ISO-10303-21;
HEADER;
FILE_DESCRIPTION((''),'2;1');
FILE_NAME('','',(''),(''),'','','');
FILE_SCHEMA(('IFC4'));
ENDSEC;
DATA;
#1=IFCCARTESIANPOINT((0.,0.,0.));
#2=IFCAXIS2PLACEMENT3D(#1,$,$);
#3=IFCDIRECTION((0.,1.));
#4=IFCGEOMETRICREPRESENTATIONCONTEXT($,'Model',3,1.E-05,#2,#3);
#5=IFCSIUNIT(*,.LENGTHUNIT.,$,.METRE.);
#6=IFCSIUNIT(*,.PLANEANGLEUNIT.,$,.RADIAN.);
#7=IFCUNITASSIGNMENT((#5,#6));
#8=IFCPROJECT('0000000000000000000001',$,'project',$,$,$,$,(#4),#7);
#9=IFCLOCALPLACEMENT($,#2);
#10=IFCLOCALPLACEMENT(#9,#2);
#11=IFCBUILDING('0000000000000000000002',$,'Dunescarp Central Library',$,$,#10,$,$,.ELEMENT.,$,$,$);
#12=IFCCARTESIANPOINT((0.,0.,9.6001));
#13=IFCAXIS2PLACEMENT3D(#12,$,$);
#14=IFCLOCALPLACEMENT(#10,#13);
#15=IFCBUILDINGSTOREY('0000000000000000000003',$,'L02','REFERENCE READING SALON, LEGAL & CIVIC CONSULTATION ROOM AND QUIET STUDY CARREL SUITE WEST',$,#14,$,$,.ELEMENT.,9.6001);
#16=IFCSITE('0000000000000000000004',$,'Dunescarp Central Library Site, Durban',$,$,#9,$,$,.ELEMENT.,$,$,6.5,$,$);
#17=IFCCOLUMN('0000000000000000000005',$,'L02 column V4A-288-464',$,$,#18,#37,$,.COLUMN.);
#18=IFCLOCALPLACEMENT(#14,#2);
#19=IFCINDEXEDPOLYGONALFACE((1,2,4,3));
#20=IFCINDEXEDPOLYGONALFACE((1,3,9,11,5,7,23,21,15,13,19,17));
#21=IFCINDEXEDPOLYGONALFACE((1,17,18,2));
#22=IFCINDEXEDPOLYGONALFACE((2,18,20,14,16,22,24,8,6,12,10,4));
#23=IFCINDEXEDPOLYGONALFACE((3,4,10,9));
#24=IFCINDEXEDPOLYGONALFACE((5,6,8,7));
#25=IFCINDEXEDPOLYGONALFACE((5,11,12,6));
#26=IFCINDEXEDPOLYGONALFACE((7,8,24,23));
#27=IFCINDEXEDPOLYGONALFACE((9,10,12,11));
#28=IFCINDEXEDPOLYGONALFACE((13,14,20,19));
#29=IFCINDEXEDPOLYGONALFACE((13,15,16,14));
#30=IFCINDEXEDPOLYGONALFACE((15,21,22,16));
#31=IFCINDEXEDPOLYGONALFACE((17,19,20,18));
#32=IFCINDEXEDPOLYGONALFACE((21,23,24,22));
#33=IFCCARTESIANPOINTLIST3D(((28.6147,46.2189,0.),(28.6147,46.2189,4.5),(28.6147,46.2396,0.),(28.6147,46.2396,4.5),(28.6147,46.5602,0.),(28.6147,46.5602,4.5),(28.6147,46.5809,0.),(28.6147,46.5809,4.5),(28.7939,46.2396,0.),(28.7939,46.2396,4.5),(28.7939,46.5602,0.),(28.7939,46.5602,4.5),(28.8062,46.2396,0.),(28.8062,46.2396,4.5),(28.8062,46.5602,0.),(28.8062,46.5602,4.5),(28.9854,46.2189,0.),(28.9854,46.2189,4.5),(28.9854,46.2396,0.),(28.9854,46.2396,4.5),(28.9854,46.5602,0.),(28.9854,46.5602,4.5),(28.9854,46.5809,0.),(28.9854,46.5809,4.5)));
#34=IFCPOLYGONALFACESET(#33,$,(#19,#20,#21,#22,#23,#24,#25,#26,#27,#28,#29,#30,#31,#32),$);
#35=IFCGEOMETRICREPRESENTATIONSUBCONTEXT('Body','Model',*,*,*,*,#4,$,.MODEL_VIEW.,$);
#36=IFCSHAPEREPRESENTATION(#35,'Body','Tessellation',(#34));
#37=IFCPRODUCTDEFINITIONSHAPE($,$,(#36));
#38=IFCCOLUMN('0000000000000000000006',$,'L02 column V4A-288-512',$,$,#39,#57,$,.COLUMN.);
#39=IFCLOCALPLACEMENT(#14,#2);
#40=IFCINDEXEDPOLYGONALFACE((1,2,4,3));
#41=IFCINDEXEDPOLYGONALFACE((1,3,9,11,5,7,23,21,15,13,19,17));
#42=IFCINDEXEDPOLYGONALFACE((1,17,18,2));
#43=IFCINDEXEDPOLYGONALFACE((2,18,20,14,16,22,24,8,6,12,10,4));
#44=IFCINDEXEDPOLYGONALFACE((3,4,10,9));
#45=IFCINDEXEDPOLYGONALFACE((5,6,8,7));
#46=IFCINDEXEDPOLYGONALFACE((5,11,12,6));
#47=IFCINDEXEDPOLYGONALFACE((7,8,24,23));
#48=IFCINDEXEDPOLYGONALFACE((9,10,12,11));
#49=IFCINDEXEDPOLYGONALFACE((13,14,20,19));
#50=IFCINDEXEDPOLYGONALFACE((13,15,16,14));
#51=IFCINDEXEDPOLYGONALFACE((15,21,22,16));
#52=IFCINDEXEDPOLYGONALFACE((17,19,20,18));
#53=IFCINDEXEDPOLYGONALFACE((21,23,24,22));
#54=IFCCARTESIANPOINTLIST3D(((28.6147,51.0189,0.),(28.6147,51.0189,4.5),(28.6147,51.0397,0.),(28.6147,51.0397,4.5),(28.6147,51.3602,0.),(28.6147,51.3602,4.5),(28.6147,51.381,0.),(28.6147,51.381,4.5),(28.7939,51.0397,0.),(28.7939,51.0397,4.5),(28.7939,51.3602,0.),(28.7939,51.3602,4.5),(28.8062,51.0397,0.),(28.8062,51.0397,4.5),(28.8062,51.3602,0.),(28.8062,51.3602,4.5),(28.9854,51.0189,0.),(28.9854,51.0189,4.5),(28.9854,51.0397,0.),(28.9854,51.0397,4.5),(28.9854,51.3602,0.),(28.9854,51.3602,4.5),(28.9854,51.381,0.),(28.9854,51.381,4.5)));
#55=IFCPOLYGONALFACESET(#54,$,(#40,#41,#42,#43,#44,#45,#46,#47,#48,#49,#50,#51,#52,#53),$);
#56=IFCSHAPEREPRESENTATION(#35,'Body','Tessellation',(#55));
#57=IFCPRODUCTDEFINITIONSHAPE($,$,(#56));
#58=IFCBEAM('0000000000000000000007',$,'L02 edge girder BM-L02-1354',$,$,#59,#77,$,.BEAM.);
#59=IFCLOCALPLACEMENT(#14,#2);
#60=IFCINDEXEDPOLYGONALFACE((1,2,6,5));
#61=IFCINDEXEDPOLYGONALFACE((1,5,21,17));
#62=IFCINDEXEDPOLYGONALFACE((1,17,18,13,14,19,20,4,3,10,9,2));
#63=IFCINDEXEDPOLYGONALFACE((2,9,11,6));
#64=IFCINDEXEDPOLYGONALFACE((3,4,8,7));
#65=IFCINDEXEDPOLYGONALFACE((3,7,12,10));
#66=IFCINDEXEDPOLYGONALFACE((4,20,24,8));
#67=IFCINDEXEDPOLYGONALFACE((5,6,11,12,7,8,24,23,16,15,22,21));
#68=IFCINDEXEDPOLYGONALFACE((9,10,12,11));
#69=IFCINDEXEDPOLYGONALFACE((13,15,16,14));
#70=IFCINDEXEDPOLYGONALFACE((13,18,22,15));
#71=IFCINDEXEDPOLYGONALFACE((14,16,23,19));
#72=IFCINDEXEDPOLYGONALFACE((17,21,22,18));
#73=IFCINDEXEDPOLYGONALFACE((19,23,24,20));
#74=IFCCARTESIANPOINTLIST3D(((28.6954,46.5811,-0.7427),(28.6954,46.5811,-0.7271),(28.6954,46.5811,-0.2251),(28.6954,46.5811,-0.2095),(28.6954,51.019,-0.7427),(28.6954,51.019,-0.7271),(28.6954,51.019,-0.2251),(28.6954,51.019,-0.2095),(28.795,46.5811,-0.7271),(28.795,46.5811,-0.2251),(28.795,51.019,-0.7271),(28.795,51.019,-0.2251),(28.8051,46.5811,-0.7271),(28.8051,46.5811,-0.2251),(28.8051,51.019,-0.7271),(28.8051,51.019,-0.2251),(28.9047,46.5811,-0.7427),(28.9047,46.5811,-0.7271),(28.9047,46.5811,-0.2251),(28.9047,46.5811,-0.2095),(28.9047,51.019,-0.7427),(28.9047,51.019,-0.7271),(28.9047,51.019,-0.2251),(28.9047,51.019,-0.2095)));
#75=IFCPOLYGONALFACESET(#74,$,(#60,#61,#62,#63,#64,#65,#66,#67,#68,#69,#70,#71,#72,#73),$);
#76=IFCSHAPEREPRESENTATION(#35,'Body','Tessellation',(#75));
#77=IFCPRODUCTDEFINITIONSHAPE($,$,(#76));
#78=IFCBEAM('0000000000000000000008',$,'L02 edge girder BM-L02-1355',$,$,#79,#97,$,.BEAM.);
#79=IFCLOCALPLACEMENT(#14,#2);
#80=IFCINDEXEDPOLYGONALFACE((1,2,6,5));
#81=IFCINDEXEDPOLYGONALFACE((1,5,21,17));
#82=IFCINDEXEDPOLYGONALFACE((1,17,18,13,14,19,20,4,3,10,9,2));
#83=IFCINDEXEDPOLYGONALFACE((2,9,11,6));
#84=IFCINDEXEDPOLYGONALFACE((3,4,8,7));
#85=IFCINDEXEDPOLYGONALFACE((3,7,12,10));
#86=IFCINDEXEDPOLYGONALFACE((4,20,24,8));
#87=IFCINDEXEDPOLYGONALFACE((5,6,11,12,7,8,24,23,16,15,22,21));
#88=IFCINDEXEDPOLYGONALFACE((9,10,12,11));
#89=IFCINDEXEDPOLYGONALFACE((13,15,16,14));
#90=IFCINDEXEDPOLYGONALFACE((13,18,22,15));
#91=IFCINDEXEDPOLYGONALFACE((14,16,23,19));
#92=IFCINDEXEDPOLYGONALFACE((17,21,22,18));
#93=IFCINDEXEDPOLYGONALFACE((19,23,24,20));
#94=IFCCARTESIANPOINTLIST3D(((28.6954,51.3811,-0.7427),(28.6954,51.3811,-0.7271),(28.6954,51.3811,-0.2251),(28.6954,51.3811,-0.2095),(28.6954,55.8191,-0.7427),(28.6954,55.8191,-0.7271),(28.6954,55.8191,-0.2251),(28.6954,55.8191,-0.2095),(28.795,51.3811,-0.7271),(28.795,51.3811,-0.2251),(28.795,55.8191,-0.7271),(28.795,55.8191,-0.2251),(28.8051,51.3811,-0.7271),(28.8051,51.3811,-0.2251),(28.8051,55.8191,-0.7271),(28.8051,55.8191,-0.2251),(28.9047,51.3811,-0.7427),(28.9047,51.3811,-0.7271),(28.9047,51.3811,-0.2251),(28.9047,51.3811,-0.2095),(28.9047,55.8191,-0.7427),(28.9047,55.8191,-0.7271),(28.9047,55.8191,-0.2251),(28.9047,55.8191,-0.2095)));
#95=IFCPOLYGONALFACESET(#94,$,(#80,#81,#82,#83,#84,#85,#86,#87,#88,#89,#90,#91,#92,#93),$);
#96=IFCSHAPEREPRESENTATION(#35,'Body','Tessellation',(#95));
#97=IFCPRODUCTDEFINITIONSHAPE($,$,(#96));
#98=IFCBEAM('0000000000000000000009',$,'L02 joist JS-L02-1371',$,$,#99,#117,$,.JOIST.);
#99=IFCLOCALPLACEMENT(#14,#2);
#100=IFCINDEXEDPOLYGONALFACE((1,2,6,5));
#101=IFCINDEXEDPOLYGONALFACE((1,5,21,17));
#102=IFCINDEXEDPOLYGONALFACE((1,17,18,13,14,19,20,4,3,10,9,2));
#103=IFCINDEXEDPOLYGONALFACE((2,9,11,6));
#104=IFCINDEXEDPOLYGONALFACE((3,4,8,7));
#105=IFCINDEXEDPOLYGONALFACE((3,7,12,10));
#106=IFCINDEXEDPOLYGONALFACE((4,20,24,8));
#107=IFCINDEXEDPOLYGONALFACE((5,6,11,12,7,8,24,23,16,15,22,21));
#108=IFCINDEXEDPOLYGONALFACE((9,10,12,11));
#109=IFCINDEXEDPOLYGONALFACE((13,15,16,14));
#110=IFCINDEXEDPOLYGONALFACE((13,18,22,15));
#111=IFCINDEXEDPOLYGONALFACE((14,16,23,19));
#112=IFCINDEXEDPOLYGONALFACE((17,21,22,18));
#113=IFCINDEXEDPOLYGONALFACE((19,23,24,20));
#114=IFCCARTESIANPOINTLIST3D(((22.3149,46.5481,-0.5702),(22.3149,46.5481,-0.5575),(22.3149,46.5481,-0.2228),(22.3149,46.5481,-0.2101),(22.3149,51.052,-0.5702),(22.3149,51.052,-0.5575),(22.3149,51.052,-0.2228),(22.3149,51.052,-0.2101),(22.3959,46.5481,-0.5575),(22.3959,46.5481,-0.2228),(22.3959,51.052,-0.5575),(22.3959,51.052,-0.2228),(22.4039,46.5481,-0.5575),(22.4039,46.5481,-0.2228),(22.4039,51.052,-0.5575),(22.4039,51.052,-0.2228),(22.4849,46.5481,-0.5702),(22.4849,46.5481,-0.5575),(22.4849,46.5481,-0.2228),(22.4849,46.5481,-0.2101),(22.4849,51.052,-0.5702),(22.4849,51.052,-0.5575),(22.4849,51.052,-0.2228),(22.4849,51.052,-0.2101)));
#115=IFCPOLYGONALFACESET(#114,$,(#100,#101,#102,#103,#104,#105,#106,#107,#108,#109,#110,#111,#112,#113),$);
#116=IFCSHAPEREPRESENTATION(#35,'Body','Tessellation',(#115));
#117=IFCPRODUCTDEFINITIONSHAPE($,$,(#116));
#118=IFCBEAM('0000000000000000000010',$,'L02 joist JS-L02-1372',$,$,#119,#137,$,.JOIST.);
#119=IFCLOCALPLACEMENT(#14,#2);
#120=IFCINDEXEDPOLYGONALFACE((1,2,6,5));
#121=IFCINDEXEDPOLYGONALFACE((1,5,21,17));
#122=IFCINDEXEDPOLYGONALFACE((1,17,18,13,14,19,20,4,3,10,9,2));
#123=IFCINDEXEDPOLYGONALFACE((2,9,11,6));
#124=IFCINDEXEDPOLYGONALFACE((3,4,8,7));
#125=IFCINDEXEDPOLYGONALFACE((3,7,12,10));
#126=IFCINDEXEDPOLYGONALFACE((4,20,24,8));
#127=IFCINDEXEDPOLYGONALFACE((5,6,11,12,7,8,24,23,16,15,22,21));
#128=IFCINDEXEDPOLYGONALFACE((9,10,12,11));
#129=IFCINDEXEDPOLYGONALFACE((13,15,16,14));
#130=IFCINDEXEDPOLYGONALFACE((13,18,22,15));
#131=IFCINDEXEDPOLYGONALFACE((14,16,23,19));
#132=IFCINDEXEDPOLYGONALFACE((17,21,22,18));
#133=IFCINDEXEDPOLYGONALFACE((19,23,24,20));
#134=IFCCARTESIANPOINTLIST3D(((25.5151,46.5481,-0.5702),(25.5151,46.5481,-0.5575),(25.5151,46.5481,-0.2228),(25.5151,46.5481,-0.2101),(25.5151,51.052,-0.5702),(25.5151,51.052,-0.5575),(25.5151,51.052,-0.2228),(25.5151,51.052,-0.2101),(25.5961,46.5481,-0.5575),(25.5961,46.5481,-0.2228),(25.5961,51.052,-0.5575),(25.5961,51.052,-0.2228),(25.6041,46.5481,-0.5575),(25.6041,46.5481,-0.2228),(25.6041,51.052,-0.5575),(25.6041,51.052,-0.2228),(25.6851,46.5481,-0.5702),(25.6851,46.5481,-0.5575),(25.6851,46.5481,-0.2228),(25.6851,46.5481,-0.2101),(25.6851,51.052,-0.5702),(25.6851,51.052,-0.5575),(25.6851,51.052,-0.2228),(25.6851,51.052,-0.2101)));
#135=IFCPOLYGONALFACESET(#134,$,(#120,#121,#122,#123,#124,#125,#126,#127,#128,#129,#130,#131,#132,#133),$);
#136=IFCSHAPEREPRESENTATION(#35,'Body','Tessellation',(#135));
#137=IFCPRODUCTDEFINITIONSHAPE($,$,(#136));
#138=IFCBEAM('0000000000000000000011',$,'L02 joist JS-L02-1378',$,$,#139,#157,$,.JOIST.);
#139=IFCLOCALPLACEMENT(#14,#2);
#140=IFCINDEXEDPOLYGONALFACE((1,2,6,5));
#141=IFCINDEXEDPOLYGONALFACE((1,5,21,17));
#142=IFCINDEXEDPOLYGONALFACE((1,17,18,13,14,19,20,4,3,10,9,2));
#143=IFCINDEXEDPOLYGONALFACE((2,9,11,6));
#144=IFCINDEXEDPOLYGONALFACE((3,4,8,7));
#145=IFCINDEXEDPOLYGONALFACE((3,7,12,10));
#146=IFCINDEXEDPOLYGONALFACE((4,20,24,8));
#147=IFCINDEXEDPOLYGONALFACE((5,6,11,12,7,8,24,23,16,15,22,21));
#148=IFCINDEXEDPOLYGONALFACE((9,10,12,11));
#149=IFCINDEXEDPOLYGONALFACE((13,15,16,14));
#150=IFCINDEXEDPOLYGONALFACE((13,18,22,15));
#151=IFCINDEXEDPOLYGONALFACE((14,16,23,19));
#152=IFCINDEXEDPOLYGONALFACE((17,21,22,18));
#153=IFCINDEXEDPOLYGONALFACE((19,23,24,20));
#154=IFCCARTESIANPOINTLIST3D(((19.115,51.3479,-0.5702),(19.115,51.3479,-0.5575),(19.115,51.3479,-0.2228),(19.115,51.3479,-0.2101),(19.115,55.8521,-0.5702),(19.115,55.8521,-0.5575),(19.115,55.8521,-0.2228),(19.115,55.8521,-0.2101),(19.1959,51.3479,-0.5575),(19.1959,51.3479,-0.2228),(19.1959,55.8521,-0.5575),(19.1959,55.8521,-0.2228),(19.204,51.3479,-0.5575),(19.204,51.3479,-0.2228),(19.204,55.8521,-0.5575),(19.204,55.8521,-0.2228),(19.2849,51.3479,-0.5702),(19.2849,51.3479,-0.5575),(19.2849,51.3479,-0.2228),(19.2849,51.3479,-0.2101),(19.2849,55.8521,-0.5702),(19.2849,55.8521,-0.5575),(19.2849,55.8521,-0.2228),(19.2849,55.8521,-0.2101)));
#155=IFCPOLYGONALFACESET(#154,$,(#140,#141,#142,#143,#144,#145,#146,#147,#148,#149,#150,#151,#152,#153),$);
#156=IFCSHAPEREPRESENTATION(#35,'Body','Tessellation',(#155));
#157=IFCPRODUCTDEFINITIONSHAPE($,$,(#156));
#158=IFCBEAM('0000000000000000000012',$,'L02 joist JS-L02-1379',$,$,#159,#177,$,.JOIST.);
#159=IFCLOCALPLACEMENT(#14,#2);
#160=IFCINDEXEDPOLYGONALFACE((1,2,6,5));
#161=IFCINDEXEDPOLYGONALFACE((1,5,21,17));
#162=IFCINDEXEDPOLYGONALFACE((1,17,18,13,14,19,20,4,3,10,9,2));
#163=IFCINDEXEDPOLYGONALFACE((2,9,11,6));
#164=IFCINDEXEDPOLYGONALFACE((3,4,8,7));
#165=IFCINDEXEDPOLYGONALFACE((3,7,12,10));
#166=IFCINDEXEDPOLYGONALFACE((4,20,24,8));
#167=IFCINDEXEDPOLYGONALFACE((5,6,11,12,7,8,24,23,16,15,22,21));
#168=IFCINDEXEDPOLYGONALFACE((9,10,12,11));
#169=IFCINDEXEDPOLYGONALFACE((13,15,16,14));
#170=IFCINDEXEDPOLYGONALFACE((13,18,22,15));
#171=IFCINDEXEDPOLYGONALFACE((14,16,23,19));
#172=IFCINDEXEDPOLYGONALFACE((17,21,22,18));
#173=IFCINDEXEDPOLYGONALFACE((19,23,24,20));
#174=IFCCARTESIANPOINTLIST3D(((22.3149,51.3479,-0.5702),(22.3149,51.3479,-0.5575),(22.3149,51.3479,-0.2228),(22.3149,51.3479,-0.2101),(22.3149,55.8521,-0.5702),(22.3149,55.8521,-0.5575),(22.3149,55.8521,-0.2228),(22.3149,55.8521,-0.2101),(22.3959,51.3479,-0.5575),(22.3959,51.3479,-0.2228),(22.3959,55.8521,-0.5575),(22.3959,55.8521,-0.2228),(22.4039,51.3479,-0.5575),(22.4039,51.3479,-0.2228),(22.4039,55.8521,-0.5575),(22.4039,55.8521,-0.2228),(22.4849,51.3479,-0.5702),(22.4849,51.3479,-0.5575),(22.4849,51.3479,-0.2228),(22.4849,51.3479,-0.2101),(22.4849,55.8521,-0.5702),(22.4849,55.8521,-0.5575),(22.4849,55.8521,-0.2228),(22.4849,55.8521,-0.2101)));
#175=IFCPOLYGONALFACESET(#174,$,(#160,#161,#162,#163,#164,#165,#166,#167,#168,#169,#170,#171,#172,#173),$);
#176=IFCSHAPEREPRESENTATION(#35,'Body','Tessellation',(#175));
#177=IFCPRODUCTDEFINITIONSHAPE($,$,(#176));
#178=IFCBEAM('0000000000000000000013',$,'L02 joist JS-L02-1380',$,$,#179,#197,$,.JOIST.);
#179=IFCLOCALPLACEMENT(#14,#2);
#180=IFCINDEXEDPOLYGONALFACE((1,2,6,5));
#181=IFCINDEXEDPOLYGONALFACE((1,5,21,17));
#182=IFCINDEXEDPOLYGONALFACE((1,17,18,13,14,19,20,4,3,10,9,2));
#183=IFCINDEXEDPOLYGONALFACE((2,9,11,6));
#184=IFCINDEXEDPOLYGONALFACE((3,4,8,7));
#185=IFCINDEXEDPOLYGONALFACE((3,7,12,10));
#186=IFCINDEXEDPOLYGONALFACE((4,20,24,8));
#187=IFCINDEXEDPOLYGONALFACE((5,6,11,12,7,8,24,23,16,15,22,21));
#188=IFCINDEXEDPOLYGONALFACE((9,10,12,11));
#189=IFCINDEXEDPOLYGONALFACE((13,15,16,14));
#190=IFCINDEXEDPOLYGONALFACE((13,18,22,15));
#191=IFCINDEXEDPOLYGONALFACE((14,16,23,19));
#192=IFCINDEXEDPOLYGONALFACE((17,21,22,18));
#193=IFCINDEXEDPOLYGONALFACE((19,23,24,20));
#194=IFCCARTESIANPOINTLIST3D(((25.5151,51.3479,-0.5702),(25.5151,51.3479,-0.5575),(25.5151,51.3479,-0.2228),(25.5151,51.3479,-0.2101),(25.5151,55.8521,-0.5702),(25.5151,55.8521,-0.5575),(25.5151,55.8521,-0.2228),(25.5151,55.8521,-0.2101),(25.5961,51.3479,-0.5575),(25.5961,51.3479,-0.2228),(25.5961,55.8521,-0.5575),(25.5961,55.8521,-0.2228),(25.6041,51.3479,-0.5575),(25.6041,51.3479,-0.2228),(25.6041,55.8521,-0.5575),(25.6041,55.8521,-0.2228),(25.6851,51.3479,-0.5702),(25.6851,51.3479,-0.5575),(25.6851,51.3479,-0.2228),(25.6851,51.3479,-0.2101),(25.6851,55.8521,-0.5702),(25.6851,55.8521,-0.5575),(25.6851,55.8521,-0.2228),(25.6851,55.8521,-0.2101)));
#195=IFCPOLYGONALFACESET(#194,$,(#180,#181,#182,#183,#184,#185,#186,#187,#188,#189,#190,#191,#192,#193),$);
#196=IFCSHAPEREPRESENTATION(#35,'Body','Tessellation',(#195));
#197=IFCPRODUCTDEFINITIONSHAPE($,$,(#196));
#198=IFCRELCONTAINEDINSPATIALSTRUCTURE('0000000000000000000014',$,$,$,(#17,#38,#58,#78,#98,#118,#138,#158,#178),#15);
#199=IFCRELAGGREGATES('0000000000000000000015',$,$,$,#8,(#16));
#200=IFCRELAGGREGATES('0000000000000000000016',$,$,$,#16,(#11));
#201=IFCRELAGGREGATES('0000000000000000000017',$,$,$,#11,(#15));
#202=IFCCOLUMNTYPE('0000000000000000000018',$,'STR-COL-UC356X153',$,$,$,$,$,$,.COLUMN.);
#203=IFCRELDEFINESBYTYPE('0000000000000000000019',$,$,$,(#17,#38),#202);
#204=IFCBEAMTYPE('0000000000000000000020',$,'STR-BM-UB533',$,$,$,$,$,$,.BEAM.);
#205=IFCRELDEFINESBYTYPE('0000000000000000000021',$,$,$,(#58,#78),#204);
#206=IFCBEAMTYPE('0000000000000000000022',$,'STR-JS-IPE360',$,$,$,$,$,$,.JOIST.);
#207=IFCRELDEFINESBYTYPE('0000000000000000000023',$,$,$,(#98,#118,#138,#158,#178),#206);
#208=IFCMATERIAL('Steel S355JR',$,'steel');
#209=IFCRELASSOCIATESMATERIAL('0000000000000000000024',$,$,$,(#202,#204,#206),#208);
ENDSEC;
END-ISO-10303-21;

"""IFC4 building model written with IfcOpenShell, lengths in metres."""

from ifc_helpers import new_model, si_unit, direction, frame, origin, origin_2d, place, context, subcontext, project, spatial, i_section, extrude, material, material_profile, profile_set, type_object, element, save


model = new_model("IFC4")

# Units and contexts
model_context = context("Model", 3, precision=1e-05, world=origin(), true_north=direction((0.0, 1.0)))
body_context = subcontext(model_context, "Body", "Model", "MODEL_VIEW")
ifc_project = project(units=[si_unit("LENGTHUNIT", "METRE"), si_unit("PLANEANGLEUNIT", "RADIAN")], contexts=[model_context])

# Site, building, storey
site_placement = place(None, origin())
site = spatial("IfcSite", under=ifc_project, at=site_placement, Name="Dunescarp Central Library Site, Durban", CompositionType="ELEMENT", RefElevation=6.5)
building_placement = place(site_placement, origin())
building = spatial("IfcBuilding", under=site, at=building_placement, Name="Dunescarp Central Library", CompositionType="ELEMENT")
storey_placement = place(building_placement, frame((0.0, 0.0, 9.6001)))
storey = spatial("IfcBuildingStorey", under=building, at=storey_placement, Name="L02", Description="REFERENCE READING SALON, LEGAL & CIVIC CONSULTATION ROOM AND QUIET STUDY CARREL SUITE WEST", CompositionType="ELEMENT", Elevation=9.6001)

# Columns
ifc_material_1 = material(Name="Steel S355JR", Category="steel")
ifc_material_profile_1 = material_profile(ifc_material_1, i_section(OverallWidth=0.3706, OverallDepth=0.3621, WebThickness=0.0122, FlangeThickness=0.0208, at=origin_2d()), Name="UC 356x368x153")
ifc_profile_set_1 = profile_set([ifc_material_profile_1], Name="Steel S355JR")
column_type = type_object("IfcColumnType", Name="STR-COL-UC356X153", PredefinedType="COLUMN", material=ifc_profile_set_1)
for number, where, z_axis, x_axis, name in (
    (1, (28.8, 46.3999, 0.0), (0.0, 0.0, 1.0), (1.0, 0.0, 0.0), "L02 column V4A-288-464"),
    (2, (28.8, 51.2, 0.0), (0.0, 0.0, 1.0), (1.0, 0.0, 0.0), "L02 column V4A-288-512"),
):
    element("IfcColumn", number, at=place(storey_placement, frame(where, z_axis=z_axis, x_axis=x_axis)), inside=storey, type_object=column_type, Name=name, PredefinedType="COLUMN", context=body_context, shape_type="SweptSolid", body=[
        extrude(i_section(OverallWidth=0.3706, OverallDepth=0.3621, WebThickness=0.0122, FlangeThickness=0.0208, at=origin_2d()), origin(), (0.0, 0.0, 1.0), 4.5),
    ])

# Beams
ifc_material_profile_2 = material_profile(ifc_material_1, i_section(OverallWidth=0.2092, OverallDepth=0.5332, WebThickness=0.01, FlangeThickness=0.0156, at=origin_2d()), Name="UB 533x210x92")
ifc_profile_set_2 = profile_set([ifc_material_profile_2], Name="Steel S355JR")
beam_type_1 = type_object("IfcBeamType", Name="STR-BM-UB533", PredefinedType="BEAM", material=ifc_profile_set_2)
for number, where, z_axis, x_axis, name in (
    (3, (28.8, 46.5811, -0.4761), (0.0, 1.0, 0.0), (-1.0, 0.0, 0.0), "L02 edge girder BM-L02-1354"),
    (4, (28.8, 51.3811, -0.4761), (0.0, 1.0, 0.0), (-1.0, 0.0, 0.0), "L02 edge girder BM-L02-1355"),
):
    element("IfcBeam", number, at=place(storey_placement, frame(where, z_axis=z_axis, x_axis=x_axis)), inside=storey, type_object=beam_type_1, Name=name, PredefinedType="BEAM", context=body_context, shape_type="SweptSolid", body=[
        extrude(i_section(OverallWidth=0.2092, OverallDepth=0.5332, WebThickness=0.01, FlangeThickness=0.0156, at=origin_2d()), origin(), (0.0, 0.0, 1.0), 4.438),
    ])
ifc_material_profile_3 = material_profile(ifc_material_1, i_section(OverallWidth=0.1699, OverallDepth=0.3601, WebThickness=0.0081, FlangeThickness=0.0127, at=origin_2d()), Name="IPE 360")
ifc_profile_set_3 = profile_set([ifc_material_profile_3], Name="Steel S355JR")
beam_type_2 = type_object("IfcBeamType", Name="STR-JS-IPE360", PredefinedType="JOIST", material=ifc_profile_set_3)
for number, where, z_axis, x_axis, name in (
    (5, (22.3999, 46.5481, -0.3901), (0.0, 1.0, 0.0), (-1.0, 0.0, 0.0), "L02 joist JS-L02-1371"),
    (6, (25.6001, 46.5481, -0.3901), (0.0, 1.0, 0.0), (-1.0, 0.0, 0.0), "L02 joist JS-L02-1372"),
):
    element("IfcBeam", number, at=place(storey_placement, frame(where, z_axis=z_axis, x_axis=x_axis)), inside=storey, type_object=beam_type_2, Name=name, PredefinedType="JOIST", context=body_context, shape_type="SweptSolid", body=[
        extrude(i_section(OverallWidth=0.1699, OverallDepth=0.3601, WebThickness=0.0081, FlangeThickness=0.0127, at=origin_2d()), origin(), (0.0, 0.0, 1.0), 4.5039),
    ])
for number, where, z_axis, x_axis, name in (
    (7, (19.2, 51.3479, -0.3901), (0.0, 1.0, 0.0), (-1.0, 0.0, 0.0), "L02 joist JS-L02-1378"),
    (8, (22.3999, 51.3479, -0.3901), (0.0, 1.0, 0.0), (-1.0, 0.0, 0.0), "L02 joist JS-L02-1379"),
    (9, (25.6001, 51.3479, -0.3901), (0.0, 1.0, 0.0), (-1.0, 0.0, 0.0), "L02 joist JS-L02-1380"),
):
    element("IfcBeam", number, at=place(storey_placement, frame(where, z_axis=z_axis, x_axis=x_axis)), inside=storey, type_object=beam_type_2, Name=name, PredefinedType="JOIST", context=body_context, shape_type="SweptSolid", body=[
        extrude(i_section(OverallWidth=0.1699, OverallDepth=0.3601, WebThickness=0.0081, FlangeThickness=0.0127, at=origin_2d()), origin(), (0.0, 0.0, 1.0), 4.5042),
    ])

save(model, "model.ifc")
